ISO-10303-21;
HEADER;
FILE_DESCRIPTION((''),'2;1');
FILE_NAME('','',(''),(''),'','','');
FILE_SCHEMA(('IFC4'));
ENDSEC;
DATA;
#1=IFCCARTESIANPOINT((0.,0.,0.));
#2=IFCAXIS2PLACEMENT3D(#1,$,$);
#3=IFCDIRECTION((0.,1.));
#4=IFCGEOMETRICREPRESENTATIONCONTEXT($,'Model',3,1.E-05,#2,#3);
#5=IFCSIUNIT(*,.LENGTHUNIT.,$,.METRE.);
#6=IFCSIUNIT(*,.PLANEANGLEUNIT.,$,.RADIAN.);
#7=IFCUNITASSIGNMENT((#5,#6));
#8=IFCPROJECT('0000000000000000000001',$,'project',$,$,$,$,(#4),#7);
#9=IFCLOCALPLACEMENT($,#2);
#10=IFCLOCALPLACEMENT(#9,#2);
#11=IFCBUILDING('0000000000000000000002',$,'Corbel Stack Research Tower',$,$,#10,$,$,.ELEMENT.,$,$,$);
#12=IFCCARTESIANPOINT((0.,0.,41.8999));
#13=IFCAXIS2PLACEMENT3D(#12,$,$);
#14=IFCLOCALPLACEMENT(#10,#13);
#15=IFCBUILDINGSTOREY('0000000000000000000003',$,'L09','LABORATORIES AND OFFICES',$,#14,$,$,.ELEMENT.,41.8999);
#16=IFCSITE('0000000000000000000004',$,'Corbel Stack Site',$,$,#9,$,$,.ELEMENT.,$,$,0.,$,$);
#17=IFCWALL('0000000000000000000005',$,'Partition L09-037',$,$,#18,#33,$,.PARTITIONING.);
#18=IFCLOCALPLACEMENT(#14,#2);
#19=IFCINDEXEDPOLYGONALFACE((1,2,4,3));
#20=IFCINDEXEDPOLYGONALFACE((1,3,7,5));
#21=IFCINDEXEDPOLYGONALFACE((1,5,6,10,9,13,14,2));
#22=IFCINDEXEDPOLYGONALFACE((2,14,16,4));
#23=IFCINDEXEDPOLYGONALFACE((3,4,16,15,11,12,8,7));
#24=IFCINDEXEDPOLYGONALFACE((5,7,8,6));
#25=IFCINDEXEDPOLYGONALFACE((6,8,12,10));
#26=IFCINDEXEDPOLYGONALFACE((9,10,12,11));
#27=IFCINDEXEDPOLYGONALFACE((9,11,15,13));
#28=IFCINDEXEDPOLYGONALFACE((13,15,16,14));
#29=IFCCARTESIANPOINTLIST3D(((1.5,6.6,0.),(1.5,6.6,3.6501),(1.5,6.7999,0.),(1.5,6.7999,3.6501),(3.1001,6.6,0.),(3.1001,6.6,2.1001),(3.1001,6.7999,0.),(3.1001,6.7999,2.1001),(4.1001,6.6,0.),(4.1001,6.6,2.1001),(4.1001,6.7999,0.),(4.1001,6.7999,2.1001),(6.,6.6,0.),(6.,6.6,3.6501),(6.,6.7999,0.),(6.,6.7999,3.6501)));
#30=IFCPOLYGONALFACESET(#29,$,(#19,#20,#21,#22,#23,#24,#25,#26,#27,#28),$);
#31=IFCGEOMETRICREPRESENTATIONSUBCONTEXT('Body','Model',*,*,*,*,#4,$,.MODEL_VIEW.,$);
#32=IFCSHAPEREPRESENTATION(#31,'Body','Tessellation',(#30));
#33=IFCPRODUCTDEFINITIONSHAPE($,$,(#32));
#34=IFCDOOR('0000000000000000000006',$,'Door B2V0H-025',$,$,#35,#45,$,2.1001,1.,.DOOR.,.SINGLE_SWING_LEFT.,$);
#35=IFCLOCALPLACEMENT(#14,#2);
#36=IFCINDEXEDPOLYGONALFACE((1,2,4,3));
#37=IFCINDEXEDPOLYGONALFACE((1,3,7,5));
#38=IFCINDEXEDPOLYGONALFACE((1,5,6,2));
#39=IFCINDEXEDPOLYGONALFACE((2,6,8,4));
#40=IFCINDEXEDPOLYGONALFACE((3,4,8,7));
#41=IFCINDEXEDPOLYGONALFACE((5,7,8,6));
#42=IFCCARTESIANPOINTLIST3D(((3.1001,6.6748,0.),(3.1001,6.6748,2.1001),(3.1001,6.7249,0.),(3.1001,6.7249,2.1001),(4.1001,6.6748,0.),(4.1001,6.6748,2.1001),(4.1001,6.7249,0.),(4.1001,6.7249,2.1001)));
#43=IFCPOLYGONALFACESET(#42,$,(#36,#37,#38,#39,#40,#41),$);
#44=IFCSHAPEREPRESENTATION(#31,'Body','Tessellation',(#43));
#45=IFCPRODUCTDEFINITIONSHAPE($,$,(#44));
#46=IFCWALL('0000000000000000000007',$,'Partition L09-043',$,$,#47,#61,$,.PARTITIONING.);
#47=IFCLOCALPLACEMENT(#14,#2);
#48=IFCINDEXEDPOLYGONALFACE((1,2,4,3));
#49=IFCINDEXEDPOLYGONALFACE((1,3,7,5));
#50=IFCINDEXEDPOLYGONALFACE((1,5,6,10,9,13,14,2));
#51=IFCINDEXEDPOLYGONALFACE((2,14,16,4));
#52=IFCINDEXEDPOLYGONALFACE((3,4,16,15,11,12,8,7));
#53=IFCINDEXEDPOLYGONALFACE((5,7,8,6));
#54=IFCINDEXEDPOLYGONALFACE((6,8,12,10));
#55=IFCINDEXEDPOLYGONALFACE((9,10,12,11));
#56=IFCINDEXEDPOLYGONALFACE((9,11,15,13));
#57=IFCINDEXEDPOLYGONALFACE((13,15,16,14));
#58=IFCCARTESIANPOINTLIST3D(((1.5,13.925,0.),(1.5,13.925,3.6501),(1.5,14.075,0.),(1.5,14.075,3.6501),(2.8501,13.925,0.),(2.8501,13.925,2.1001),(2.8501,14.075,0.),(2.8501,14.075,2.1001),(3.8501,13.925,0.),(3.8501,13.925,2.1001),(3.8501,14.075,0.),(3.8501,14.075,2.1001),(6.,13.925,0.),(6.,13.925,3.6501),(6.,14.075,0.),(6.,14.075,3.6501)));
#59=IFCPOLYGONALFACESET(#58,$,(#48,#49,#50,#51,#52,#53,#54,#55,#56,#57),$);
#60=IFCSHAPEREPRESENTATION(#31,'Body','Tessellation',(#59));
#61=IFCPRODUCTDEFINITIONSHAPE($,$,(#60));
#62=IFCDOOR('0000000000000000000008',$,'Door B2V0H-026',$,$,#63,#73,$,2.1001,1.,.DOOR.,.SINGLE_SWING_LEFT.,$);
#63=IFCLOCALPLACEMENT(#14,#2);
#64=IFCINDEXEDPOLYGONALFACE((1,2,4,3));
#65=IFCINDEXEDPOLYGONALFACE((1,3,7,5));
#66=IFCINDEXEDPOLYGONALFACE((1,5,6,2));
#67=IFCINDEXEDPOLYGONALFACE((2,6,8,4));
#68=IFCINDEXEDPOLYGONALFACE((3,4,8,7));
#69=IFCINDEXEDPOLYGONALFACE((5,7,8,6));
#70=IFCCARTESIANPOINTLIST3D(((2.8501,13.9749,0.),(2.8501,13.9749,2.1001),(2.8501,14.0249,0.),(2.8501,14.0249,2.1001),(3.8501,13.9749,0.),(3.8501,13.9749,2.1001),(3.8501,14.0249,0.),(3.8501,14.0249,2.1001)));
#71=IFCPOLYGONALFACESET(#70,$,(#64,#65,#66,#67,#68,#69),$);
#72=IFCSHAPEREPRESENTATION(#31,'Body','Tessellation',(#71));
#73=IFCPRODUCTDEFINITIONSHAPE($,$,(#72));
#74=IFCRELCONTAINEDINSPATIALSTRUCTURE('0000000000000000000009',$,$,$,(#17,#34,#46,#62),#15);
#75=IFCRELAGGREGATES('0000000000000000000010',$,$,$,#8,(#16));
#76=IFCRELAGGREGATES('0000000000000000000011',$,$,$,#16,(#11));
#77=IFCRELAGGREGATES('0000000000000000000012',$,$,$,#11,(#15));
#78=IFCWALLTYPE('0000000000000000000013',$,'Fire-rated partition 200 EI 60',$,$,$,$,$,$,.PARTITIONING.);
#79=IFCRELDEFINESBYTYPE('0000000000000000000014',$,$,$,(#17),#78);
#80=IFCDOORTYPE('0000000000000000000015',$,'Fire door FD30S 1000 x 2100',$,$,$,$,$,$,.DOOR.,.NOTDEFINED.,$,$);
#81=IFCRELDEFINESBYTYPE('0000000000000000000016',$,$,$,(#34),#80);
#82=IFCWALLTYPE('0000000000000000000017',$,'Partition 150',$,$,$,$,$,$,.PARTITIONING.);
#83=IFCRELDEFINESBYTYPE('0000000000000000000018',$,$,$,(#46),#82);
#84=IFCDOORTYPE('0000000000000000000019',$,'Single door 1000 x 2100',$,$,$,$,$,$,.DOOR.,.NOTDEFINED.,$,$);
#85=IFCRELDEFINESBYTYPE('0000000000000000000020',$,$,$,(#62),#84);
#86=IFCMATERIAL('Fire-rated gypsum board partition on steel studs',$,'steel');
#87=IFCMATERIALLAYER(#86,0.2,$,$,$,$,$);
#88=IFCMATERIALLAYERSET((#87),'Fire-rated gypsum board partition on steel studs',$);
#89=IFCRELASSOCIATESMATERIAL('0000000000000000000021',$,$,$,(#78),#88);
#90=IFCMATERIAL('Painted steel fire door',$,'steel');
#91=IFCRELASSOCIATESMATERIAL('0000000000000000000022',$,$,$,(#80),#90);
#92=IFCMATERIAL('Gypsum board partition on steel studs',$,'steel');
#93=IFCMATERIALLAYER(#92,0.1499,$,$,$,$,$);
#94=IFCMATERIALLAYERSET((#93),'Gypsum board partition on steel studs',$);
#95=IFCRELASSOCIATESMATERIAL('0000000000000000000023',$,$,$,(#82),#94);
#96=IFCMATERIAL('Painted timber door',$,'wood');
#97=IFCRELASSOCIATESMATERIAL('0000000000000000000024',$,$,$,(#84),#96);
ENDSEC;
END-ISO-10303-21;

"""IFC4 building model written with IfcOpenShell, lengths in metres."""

from ifc_helpers import new_model, si_unit, direction, frame, frame_2d, origin, place, context, subcontext, project, spatial, rectangle, extrude, material, layer, layer_set, type_object, element, fill, save


model = new_model("IFC4")

# Units and contexts
model_context = context("Model", 3, precision=1e-05, world=origin(), true_north=direction((0.0, 1.0)))
body_context = subcontext(model_context, "Body", "Model", "MODEL_VIEW")
ifc_project = project(units=[si_unit("LENGTHUNIT", "METRE"), si_unit("PLANEANGLEUNIT", "RADIAN")], contexts=[model_context])

# Site, building, storey
site_placement = place(None, origin())
site = spatial("IfcSite", under=ifc_project, at=site_placement, Name="Corbel Stack Site", CompositionType="ELEMENT", RefElevation=0.0)
building_placement = place(site_placement, origin())
building = spatial("IfcBuilding", under=site, at=building_placement, Name="Corbel Stack Research Tower", CompositionType="ELEMENT")
storey_placement = place(building_placement, frame((0.0, 0.0, 41.8999)))
storey = spatial("IfcBuildingStorey", under=building, at=storey_placement, Name="L09", Description="LABORATORIES AND OFFICES", CompositionType="ELEMENT", Elevation=41.8999)

# Walls, openings, doors
ifc_material_1 = material(Name="Fire-rated gypsum board partition on steel studs", Category="steel")
ifc_layer_1 = layer(ifc_material_1, 0.2)
ifc_layer_set_1 = layer_set([ifc_layer_1], Name="Fire-rated gypsum board partition on steel studs")
wall_type_1 = type_object("IfcWallType", Name="Fire-rated partition 200 EI 60", PredefinedType="PARTITIONING", material=ifc_layer_set_1)
wall_1_placement = place(storey_placement, frame((1.5, 6.7, 0.0), z_axis=(0.0, 0.0, 1.0), x_axis=(1.0, 0.0, 0.0)))
wall_1 = element("IfcWall", 1, at=wall_1_placement, inside=storey, type_object=wall_type_1, Name="Partition L09-037", PredefinedType="PARTITIONING", context=body_context, shape_type="SweptSolid", body=[
    extrude(rectangle(XDim=4.5, YDim=0.2, at=frame_2d((2.25, 0.0))), origin(), (0.0, 0.0, 1.0), 3.6501),
])
opening_1_placement = place(wall_1_placement, frame((1.6001, 0.0, 0.0)))
opening_1 = element("IfcOpeningElement", 2, at=opening_1_placement, cuts=wall_1, PredefinedType="OPENING", context=body_context, shape_type="SweptSolid", body=[
    extrude(rectangle(XDim=1.0, YDim=2.1001, at=frame_2d((0.5, 1.05))), frame((0.0, 0.1099, 0.0), z_axis=(0.0, -1.0, 0.0), x_axis=(1.0, 0.0, 0.0)), (0.0, 0.0, 1.0), 0.22),
])
ifc_material_2 = material(Name="Painted steel fire door", Category="steel")
door_type_1 = type_object("IfcDoorType", Name="Fire door FD30S 1000 x 2100", OperationType="NOTDEFINED", PredefinedType="DOOR", material=ifc_material_2)
door_1_placement = place(opening_1_placement, origin())
door_1 = element("IfcDoor", 3, at=door_1_placement, inside=storey, type_object=door_type_1, Name="Door B2V0H-025", OperationType="SINGLE_SWING_LEFT", OverallHeight=2.1001, OverallWidth=1.0, PredefinedType="DOOR", context=body_context, shape_type="SweptSolid", body=[
    extrude(rectangle(XDim=1.0, YDim=2.1001, at=frame_2d((0.5, 1.05))), frame((0.0, 0.0249, 0.0), z_axis=(0.0, -1.0, 0.0), x_axis=(1.0, 0.0, 0.0)), (0.0, 0.0, 1.0), 0.05),
])
fill(opening_1, door_1)
ifc_material_3 = material(Name="Gypsum board partition on steel studs", Category="steel")
ifc_layer_2 = layer(ifc_material_3, 0.1499)
ifc_layer_set_2 = layer_set([ifc_layer_2], Name="Gypsum board partition on steel studs")
wall_type_2 = type_object("IfcWallType", Name="Partition 150", PredefinedType="PARTITIONING", material=ifc_layer_set_2)
wall_2_placement = place(storey_placement, frame((1.5, 14.0, 0.0), z_axis=(0.0, 0.0, 1.0), x_axis=(1.0, 0.0, 0.0)))
wall_2 = element("IfcWall", 4, at=wall_2_placement, inside=storey, type_object=wall_type_2, Name="Partition L09-043", PredefinedType="PARTITIONING", context=body_context, shape_type="SweptSolid", body=[
    extrude(rectangle(XDim=4.5, YDim=0.1499, at=frame_2d((2.25, 0.0))), origin(), (0.0, 0.0, 1.0), 3.6501),
])
opening_2_placement = place(wall_2_placement, frame((1.3501, 0.0, 0.0)))
opening_2 = element("IfcOpeningElement", 5, at=opening_2_placement, cuts=wall_2, PredefinedType="OPENING", context=body_context, shape_type="SweptSolid", body=[
    extrude(rectangle(XDim=1.0, YDim=2.1001, at=frame_2d((0.5, 1.05))), frame((0.0, 0.085, 0.0), z_axis=(0.0, -1.0, 0.0), x_axis=(1.0, 0.0, 0.0)), (0.0, 0.0, 1.0), 0.1699),
])
ifc_material_4 = material(Name="Painted timber door", Category="wood")
door_type_2 = type_object("IfcDoorType", Name="Single door 1000 x 2100", OperationType="NOTDEFINED", PredefinedType="DOOR", material=ifc_material_4)
door_2_placement = place(opening_2_placement, origin())
door_2 = element("IfcDoor", 6, at=door_2_placement, inside=storey, type_object=door_type_2, Name="Door B2V0H-026", OperationType="SINGLE_SWING_LEFT", OverallHeight=2.1001, OverallWidth=1.0, PredefinedType="DOOR", context=body_context, shape_type="SweptSolid", body=[
    extrude(rectangle(XDim=1.0, YDim=2.1001, at=frame_2d((0.5, 1.05))), frame((0.0, 0.0249, 0.0), z_axis=(0.0, -1.0, 0.0), x_axis=(1.0, 0.0, 0.0)), (0.0, 0.0, 1.0), 0.05),
])
fill(opening_2, door_2)

save(model, "model.ifc")
